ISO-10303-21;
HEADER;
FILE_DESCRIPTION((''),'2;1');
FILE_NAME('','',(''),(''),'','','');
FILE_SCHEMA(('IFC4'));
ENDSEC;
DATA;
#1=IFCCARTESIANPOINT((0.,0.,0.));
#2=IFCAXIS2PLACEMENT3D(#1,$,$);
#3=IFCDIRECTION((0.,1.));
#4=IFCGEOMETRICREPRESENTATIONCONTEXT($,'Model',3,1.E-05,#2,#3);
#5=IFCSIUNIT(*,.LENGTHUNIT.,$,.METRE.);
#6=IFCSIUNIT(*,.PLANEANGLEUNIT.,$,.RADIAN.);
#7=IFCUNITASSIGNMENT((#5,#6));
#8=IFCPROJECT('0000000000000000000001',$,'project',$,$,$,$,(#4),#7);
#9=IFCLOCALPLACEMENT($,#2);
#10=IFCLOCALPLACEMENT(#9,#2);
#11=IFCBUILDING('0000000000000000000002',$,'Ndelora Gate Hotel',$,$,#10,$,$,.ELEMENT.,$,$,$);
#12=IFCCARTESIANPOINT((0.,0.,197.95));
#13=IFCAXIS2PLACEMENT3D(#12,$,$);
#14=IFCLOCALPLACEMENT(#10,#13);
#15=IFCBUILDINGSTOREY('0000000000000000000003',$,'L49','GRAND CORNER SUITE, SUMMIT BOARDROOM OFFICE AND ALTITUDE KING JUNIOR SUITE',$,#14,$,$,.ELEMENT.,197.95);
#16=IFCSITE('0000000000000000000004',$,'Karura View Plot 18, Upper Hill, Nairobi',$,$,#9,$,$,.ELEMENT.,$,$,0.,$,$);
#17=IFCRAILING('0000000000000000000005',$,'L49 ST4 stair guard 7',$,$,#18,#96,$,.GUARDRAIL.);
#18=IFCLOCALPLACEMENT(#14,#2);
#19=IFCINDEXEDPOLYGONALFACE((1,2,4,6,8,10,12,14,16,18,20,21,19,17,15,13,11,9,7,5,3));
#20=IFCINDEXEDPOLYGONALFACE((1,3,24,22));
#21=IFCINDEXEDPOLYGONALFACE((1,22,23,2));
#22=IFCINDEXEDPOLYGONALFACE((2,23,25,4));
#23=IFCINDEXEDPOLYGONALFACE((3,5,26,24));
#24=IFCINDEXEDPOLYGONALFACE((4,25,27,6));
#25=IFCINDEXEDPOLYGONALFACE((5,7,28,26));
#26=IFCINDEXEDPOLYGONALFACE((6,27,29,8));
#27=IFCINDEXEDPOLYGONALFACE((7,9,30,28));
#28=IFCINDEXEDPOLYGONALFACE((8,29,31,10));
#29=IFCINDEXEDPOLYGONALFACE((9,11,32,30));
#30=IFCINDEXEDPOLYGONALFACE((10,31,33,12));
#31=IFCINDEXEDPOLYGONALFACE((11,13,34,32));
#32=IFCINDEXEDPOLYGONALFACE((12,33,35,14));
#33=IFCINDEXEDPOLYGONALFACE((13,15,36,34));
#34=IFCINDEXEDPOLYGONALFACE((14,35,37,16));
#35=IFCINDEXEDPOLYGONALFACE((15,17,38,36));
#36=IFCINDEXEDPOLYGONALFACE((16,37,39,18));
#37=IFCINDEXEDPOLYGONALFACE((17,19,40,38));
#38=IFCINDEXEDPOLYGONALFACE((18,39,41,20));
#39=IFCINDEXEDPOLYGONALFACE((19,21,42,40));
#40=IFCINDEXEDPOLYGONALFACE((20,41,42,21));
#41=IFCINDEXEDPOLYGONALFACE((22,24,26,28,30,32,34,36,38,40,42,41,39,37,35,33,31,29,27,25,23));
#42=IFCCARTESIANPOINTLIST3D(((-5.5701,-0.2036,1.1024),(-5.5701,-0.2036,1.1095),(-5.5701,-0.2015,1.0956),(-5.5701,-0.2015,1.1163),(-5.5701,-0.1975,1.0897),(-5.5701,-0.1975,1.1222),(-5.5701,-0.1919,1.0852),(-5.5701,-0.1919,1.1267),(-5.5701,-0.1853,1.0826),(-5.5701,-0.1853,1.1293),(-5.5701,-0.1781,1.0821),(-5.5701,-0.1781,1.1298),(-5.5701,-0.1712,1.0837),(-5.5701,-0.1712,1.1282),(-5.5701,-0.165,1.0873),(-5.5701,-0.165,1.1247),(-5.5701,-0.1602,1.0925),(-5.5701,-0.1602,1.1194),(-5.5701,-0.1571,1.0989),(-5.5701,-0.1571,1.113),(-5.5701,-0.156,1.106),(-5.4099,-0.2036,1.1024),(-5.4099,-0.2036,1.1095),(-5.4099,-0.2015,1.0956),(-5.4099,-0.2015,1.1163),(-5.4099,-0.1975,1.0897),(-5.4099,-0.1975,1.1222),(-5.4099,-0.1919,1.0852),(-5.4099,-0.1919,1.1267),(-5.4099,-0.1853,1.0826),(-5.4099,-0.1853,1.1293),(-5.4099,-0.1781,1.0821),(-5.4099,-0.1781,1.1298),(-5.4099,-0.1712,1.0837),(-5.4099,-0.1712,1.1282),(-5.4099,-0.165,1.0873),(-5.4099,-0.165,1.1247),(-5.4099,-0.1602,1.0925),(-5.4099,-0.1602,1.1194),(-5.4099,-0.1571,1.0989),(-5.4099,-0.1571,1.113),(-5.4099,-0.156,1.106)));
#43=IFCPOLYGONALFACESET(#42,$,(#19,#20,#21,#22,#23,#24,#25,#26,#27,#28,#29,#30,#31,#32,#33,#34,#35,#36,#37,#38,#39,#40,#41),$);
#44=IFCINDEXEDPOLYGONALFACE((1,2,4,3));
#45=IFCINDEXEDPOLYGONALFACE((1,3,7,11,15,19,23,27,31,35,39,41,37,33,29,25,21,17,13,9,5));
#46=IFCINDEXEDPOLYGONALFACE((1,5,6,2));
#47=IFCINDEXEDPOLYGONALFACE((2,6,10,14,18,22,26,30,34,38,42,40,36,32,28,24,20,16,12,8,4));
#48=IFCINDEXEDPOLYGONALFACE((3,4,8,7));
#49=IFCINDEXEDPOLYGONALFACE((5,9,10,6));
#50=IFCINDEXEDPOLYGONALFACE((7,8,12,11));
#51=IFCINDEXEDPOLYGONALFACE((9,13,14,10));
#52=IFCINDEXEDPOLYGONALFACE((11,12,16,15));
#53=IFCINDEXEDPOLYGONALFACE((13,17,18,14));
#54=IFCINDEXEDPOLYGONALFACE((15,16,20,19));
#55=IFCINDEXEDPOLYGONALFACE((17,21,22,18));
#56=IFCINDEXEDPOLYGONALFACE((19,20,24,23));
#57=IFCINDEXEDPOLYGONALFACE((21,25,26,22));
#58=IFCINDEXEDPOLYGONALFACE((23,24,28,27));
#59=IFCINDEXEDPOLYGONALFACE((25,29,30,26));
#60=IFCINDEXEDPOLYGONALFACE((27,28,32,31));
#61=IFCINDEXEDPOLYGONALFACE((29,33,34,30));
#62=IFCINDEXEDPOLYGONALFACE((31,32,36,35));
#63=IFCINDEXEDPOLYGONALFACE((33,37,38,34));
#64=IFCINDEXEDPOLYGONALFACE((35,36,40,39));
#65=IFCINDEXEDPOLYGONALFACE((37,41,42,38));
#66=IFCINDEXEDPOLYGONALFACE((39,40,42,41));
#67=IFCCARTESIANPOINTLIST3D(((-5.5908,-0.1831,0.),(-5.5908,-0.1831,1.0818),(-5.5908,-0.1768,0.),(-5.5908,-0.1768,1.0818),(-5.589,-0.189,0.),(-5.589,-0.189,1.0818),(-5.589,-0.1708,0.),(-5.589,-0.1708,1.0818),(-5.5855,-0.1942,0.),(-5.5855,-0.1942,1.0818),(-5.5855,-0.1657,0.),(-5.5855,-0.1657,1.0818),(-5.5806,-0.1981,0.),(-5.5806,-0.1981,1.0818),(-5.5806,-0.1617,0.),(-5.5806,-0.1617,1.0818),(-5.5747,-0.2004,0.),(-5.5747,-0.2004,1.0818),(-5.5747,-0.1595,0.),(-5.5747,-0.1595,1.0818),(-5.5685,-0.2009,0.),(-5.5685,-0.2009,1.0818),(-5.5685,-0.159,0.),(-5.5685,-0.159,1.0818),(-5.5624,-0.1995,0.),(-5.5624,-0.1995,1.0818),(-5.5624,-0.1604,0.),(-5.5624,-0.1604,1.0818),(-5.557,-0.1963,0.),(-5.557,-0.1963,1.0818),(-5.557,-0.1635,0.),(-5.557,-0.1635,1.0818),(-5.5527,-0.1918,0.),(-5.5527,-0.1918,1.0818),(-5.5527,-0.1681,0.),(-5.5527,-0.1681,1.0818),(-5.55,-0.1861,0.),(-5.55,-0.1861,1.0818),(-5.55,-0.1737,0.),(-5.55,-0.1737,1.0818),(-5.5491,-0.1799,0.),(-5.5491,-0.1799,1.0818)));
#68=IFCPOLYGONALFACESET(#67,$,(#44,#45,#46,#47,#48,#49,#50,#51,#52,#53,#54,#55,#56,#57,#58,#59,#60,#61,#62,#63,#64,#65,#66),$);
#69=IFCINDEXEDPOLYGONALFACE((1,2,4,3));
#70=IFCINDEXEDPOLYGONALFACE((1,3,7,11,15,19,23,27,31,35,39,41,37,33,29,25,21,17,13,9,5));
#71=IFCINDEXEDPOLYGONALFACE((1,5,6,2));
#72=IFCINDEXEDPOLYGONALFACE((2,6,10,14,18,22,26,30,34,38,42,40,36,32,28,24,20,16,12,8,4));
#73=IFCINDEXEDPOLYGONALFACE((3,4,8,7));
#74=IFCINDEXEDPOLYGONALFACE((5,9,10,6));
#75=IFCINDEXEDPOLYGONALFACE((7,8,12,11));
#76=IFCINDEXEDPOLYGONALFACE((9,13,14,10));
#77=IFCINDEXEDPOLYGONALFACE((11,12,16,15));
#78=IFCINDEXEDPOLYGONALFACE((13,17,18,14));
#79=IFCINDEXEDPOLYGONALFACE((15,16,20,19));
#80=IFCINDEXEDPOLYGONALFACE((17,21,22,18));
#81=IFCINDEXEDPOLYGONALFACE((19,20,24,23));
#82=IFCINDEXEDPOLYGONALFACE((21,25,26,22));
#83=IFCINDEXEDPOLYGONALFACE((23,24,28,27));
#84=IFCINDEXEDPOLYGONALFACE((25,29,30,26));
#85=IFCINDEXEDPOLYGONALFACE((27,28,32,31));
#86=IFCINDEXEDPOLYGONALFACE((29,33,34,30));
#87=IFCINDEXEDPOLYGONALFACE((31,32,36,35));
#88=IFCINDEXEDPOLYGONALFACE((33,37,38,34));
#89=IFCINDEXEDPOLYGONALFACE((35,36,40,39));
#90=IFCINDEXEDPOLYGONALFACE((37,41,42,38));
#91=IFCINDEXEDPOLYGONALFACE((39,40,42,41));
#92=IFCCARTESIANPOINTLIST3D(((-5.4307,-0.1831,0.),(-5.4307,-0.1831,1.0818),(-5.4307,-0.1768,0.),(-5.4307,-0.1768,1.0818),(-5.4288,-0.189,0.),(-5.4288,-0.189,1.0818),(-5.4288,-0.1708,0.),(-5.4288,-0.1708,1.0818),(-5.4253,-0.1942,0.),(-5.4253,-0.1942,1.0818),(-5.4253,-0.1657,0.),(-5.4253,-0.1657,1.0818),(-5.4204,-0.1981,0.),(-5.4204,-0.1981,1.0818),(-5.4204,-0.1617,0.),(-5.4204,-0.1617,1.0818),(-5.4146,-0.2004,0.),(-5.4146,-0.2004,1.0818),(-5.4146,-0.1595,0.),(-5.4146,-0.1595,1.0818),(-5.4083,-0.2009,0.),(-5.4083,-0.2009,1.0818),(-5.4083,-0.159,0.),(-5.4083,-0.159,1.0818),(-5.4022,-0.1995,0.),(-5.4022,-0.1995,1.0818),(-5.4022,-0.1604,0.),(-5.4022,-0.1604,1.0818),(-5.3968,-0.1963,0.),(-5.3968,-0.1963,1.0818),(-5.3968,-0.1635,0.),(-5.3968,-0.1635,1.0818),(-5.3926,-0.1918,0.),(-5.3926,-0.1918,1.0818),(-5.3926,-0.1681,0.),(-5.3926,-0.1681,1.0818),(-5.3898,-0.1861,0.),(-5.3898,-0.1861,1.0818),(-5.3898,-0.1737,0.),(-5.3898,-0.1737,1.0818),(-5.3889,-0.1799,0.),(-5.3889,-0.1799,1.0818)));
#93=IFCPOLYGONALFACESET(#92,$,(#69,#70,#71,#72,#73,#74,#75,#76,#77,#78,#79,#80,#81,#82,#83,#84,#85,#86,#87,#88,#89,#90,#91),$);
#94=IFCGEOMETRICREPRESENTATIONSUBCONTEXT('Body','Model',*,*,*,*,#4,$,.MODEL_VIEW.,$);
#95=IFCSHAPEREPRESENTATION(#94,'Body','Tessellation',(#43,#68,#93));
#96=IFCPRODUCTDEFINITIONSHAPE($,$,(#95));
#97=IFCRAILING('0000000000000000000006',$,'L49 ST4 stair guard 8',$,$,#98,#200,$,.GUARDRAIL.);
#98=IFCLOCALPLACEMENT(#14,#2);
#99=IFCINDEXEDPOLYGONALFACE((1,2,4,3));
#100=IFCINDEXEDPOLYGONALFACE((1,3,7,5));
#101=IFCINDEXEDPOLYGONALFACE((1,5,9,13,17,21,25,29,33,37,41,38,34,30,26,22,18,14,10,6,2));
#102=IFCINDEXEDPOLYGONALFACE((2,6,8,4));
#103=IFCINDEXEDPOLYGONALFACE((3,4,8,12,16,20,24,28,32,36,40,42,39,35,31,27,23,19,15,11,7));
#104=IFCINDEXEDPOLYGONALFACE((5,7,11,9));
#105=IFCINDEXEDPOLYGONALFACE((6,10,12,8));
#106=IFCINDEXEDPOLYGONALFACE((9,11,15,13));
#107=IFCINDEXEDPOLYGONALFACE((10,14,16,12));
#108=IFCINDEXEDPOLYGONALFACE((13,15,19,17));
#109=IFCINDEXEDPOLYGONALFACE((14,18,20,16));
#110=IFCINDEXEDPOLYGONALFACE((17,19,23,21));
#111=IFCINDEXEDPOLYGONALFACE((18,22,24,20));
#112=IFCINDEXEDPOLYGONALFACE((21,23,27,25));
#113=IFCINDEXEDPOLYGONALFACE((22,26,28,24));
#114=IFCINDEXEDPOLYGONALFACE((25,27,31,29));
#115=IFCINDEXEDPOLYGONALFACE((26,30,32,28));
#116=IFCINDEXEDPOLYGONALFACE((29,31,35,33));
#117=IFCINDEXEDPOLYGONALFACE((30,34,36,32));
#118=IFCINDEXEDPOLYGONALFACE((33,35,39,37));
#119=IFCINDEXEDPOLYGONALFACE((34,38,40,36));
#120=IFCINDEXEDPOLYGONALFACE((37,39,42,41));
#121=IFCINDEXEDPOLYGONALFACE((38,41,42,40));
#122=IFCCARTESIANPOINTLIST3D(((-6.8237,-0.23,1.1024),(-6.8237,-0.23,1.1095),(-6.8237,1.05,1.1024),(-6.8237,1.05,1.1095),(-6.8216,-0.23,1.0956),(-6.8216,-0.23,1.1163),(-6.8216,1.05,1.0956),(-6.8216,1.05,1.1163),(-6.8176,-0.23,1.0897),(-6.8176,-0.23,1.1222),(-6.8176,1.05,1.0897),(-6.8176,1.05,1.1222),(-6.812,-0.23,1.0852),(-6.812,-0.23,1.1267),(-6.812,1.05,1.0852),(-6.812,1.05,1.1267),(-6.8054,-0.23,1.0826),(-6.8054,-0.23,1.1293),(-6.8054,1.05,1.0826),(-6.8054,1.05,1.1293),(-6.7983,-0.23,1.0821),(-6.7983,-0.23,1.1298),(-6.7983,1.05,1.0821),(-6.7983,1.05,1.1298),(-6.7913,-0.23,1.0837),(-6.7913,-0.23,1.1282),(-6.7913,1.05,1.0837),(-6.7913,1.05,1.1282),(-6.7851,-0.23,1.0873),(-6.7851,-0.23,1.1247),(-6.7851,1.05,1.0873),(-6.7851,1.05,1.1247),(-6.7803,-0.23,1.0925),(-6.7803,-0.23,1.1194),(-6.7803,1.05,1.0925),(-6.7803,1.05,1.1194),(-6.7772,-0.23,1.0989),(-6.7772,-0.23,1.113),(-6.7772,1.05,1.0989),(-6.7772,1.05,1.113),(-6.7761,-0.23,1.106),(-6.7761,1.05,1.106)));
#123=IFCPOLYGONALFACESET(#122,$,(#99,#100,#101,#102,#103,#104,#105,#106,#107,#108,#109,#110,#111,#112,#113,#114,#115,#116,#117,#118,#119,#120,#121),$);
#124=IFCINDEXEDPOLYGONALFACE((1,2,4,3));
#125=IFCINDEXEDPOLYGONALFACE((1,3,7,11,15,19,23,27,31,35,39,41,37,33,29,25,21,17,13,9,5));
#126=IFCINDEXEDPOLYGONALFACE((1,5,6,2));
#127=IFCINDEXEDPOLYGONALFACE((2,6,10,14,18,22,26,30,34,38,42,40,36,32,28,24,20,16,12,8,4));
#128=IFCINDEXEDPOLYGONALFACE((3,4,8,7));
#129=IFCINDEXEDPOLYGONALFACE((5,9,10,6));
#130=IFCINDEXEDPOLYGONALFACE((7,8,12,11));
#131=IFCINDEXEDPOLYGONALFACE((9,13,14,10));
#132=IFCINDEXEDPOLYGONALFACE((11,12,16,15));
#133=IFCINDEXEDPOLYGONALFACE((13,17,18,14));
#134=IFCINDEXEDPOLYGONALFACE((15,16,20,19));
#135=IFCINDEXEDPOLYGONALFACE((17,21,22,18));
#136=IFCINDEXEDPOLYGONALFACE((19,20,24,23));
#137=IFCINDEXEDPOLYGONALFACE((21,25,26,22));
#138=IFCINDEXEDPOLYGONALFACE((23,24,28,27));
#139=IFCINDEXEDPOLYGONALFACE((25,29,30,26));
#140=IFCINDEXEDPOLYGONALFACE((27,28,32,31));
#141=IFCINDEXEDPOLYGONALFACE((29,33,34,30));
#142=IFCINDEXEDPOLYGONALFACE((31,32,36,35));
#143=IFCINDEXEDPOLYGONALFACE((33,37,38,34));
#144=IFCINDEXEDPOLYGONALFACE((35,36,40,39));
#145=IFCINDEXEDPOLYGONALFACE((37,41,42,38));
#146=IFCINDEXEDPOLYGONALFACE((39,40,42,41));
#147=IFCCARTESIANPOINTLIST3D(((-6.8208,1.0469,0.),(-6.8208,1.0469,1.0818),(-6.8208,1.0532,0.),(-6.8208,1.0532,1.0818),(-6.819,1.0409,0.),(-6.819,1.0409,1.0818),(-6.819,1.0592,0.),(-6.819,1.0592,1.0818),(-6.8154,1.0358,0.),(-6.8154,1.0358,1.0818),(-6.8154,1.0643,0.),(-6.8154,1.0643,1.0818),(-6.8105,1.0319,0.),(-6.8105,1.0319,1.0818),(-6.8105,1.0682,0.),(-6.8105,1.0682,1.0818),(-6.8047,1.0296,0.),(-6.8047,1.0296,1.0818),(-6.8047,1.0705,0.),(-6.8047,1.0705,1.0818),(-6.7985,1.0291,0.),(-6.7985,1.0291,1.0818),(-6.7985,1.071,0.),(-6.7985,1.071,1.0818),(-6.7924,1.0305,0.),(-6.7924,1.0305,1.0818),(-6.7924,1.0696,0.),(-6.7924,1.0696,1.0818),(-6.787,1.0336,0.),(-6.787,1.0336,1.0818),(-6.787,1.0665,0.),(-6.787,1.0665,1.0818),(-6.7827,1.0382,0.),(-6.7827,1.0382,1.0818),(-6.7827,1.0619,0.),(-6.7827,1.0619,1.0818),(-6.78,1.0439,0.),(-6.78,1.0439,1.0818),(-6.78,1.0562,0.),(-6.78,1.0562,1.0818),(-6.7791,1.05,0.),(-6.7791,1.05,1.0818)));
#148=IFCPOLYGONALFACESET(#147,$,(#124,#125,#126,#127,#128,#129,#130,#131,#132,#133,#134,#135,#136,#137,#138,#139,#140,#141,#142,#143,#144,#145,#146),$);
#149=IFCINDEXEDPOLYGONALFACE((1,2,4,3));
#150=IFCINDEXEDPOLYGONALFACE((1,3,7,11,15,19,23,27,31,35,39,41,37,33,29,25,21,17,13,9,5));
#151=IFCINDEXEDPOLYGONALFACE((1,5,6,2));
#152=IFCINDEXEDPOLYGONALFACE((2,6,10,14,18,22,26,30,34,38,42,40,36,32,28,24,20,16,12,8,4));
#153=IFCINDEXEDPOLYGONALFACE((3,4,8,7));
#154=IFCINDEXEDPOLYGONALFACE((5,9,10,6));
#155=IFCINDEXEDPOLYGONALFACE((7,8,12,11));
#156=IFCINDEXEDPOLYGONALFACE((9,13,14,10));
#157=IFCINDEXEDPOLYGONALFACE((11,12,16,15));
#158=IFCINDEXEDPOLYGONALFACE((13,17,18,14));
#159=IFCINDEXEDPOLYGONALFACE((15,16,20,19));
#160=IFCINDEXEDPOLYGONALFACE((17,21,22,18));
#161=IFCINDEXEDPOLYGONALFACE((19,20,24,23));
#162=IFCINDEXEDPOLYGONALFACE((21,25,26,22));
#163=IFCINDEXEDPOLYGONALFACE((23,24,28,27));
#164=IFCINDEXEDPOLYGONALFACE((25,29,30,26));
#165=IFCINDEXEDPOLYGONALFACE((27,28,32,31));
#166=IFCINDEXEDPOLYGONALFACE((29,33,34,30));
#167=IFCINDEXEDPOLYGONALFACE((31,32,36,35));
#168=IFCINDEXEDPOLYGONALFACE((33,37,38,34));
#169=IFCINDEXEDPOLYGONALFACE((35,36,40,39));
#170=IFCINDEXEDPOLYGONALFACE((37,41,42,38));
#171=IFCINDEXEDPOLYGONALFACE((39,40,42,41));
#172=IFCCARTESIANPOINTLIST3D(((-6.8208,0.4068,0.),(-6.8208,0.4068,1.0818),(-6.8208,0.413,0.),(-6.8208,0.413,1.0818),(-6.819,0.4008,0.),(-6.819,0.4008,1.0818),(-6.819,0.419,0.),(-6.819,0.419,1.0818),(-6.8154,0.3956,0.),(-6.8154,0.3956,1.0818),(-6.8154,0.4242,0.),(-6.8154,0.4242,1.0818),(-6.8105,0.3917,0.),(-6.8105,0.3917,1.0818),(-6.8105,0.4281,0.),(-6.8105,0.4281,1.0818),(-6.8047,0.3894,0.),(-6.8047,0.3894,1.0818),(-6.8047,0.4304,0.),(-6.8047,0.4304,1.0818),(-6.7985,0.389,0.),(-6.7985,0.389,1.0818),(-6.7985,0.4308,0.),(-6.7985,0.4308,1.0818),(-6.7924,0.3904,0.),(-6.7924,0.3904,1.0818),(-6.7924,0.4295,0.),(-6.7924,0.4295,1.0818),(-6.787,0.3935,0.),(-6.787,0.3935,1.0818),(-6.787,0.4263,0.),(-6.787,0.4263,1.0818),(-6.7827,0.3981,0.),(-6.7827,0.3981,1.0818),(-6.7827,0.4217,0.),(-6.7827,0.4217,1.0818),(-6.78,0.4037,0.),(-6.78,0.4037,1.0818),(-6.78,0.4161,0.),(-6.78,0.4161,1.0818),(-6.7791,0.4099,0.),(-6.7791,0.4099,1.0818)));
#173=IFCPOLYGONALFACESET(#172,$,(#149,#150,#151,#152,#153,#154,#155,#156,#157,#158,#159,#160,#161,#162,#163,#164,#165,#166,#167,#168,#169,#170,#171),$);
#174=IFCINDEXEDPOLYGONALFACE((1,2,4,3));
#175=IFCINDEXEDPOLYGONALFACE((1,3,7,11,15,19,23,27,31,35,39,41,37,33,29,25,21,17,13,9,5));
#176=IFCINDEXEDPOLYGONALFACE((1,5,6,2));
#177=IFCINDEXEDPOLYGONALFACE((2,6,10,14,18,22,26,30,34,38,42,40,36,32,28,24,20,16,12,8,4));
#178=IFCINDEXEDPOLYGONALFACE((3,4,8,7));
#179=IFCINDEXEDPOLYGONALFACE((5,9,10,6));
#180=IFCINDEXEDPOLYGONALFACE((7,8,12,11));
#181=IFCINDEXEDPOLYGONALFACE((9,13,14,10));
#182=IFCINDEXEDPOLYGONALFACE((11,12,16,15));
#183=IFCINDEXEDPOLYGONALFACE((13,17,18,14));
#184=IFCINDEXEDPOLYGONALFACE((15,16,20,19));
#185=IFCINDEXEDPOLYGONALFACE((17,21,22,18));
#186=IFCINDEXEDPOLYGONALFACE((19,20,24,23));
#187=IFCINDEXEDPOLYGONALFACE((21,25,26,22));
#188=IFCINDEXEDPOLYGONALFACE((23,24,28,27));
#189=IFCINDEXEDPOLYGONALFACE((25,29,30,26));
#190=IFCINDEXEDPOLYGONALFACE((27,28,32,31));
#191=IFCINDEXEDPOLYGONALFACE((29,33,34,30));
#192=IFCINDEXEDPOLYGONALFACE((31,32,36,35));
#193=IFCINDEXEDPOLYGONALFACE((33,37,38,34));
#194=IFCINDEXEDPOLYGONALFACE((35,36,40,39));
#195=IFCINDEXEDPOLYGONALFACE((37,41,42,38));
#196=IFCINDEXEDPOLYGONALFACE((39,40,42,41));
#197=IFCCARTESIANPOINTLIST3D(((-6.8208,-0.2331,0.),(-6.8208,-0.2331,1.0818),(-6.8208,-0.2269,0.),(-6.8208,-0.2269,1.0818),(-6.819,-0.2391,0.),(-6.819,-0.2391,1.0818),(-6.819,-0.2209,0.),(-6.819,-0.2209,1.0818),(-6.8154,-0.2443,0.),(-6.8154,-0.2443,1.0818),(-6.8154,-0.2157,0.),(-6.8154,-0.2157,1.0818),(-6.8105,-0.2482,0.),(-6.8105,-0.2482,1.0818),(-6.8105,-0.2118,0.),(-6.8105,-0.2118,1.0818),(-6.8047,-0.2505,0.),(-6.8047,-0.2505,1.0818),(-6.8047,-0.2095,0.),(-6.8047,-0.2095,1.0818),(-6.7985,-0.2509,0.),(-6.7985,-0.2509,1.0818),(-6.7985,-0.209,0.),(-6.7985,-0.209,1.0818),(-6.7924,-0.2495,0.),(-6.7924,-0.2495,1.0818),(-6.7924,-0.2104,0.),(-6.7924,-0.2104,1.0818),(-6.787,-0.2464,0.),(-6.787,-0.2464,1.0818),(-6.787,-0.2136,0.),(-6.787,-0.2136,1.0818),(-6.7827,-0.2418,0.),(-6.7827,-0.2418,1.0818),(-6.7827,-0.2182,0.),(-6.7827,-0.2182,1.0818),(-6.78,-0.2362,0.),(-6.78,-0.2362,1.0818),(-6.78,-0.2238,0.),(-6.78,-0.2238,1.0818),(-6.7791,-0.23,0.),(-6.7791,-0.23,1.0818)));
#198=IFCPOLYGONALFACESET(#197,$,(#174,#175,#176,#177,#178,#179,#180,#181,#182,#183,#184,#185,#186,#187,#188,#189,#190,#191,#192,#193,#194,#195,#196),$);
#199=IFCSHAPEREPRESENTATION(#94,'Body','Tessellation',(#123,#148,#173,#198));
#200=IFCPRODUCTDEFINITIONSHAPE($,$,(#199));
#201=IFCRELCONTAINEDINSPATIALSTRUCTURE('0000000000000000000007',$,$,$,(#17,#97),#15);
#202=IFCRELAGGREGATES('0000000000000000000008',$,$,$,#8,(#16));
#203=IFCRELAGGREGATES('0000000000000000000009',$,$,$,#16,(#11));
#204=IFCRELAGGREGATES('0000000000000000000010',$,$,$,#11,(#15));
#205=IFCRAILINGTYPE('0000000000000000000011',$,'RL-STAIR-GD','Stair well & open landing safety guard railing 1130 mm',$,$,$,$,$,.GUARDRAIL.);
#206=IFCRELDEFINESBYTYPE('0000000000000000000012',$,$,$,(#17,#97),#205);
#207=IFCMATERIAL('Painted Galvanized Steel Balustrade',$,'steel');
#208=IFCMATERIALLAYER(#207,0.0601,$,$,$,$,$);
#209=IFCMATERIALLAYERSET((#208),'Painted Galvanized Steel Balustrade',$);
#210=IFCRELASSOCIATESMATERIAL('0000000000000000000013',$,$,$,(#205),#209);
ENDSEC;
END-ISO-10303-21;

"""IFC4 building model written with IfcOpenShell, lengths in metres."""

from ifc_helpers import new_model, si_unit, direction, frame, origin, origin_2d, place, context, subcontext, project, spatial, circle, extrude, material, layer, layer_set, type_object, element, save


model = new_model("IFC4")

# Units and contexts
model_context = context("Model", 3, precision=1e-05, world=origin(), true_north=direction((0.0, 1.0)))
body_context = subcontext(model_context, "Body", "Model", "MODEL_VIEW")
ifc_project = project(units=[si_unit("LENGTHUNIT", "METRE"), si_unit("PLANEANGLEUNIT", "RADIAN")], contexts=[model_context])

# Site, building, storey
site_placement = place(None, origin())
site = spatial("IfcSite", under=ifc_project, at=site_placement, Name="Karura View Plot 18, Upper Hill, Nairobi", CompositionType="ELEMENT", RefElevation=0.0)
building_placement = place(site_placement, origin())
building = spatial("IfcBuilding", under=site, at=building_placement, Name="Ndelora Gate Hotel", CompositionType="ELEMENT")
storey_placement = place(building_placement, frame((0.0, 0.0, 197.95)))
storey = spatial("IfcBuildingStorey", under=building, at=storey_placement, Name="L49", Description="GRAND CORNER SUITE, SUMMIT BOARDROOM OFFICE AND ALTITUDE KING JUNIOR SUITE", CompositionType="ELEMENT", Elevation=197.95)

# Railings
ifc_material_1 = material(Name="Painted Galvanized Steel Balustrade", Category="steel")
ifc_layer_1 = layer(ifc_material_1, 0.0601)
ifc_layer_set_1 = layer_set([ifc_layer_1], Name="Painted Galvanized Steel Balustrade")
railing_type_1 = type_object("IfcRailingType", Name="RL-STAIR-GD", Description="Stair well & open landing safety guard railing 1130 mm", PredefinedType="GUARDRAIL", material=ifc_layer_set_1)
railing_1_placement = place(storey_placement, frame((-5.5701, -0.1799, 0.0)))
element("IfcRailing", 1, at=railing_1_placement, inside=storey, type_object=railing_type_1, Name="L49 ST4 stair guard 7", PredefinedType="GUARDRAIL", context=body_context, shape_type="SweptSolid", body=[
    extrude(circle(Radius=0.0239, at=origin_2d()), frame((0.0, 0.0, 1.106), z_axis=(1.0, 0.0, 0.0), x_axis=(0.0, 1.0, 0.0)), (0.0, 0.0, 1.0), 0.1602),
    extrude(circle(Radius=0.021, at=origin_2d()), origin(), (0.0, 0.0, 1.0), 1.0818),
    extrude(circle(Radius=0.021, at=origin_2d()), frame((0.1602, 0.0, 0.0)), (0.0, 0.0, 1.0), 1.0818),
])
for number, where, name in (
    (2, (-6.8, 1.05, 0.0), "L49 ST4 stair guard 8"),
):
    element("IfcRailing", number, at=place(storey_placement, frame(where)), inside=storey, type_object=railing_type_1, Name=name, PredefinedType="GUARDRAIL", context=body_context, shape_type="SweptSolid", body=[
        extrude(circle(Radius=0.0239, at=origin_2d()), frame((0.0, 0.0, 1.106), z_axis=(0.0, -1.0, 0.0), x_axis=(1.0, 0.0, 0.0)), (0.0, 0.0, 1.0), 1.28),
        extrude(circle(Radius=0.021, at=origin_2d()), origin(), (0.0, 0.0, 1.0), 1.0818),
        extrude(circle(Radius=0.021, at=origin_2d()), frame((0.0, -0.6401, 0.0)), (0.0, 0.0, 1.0), 1.0818),
        extrude(circle(Radius=0.021, at=origin_2d()), frame((0.0, -1.28, 0.0)), (0.0, 0.0, 1.0), 1.0818),
    ])

save(model, "model.ifc")
